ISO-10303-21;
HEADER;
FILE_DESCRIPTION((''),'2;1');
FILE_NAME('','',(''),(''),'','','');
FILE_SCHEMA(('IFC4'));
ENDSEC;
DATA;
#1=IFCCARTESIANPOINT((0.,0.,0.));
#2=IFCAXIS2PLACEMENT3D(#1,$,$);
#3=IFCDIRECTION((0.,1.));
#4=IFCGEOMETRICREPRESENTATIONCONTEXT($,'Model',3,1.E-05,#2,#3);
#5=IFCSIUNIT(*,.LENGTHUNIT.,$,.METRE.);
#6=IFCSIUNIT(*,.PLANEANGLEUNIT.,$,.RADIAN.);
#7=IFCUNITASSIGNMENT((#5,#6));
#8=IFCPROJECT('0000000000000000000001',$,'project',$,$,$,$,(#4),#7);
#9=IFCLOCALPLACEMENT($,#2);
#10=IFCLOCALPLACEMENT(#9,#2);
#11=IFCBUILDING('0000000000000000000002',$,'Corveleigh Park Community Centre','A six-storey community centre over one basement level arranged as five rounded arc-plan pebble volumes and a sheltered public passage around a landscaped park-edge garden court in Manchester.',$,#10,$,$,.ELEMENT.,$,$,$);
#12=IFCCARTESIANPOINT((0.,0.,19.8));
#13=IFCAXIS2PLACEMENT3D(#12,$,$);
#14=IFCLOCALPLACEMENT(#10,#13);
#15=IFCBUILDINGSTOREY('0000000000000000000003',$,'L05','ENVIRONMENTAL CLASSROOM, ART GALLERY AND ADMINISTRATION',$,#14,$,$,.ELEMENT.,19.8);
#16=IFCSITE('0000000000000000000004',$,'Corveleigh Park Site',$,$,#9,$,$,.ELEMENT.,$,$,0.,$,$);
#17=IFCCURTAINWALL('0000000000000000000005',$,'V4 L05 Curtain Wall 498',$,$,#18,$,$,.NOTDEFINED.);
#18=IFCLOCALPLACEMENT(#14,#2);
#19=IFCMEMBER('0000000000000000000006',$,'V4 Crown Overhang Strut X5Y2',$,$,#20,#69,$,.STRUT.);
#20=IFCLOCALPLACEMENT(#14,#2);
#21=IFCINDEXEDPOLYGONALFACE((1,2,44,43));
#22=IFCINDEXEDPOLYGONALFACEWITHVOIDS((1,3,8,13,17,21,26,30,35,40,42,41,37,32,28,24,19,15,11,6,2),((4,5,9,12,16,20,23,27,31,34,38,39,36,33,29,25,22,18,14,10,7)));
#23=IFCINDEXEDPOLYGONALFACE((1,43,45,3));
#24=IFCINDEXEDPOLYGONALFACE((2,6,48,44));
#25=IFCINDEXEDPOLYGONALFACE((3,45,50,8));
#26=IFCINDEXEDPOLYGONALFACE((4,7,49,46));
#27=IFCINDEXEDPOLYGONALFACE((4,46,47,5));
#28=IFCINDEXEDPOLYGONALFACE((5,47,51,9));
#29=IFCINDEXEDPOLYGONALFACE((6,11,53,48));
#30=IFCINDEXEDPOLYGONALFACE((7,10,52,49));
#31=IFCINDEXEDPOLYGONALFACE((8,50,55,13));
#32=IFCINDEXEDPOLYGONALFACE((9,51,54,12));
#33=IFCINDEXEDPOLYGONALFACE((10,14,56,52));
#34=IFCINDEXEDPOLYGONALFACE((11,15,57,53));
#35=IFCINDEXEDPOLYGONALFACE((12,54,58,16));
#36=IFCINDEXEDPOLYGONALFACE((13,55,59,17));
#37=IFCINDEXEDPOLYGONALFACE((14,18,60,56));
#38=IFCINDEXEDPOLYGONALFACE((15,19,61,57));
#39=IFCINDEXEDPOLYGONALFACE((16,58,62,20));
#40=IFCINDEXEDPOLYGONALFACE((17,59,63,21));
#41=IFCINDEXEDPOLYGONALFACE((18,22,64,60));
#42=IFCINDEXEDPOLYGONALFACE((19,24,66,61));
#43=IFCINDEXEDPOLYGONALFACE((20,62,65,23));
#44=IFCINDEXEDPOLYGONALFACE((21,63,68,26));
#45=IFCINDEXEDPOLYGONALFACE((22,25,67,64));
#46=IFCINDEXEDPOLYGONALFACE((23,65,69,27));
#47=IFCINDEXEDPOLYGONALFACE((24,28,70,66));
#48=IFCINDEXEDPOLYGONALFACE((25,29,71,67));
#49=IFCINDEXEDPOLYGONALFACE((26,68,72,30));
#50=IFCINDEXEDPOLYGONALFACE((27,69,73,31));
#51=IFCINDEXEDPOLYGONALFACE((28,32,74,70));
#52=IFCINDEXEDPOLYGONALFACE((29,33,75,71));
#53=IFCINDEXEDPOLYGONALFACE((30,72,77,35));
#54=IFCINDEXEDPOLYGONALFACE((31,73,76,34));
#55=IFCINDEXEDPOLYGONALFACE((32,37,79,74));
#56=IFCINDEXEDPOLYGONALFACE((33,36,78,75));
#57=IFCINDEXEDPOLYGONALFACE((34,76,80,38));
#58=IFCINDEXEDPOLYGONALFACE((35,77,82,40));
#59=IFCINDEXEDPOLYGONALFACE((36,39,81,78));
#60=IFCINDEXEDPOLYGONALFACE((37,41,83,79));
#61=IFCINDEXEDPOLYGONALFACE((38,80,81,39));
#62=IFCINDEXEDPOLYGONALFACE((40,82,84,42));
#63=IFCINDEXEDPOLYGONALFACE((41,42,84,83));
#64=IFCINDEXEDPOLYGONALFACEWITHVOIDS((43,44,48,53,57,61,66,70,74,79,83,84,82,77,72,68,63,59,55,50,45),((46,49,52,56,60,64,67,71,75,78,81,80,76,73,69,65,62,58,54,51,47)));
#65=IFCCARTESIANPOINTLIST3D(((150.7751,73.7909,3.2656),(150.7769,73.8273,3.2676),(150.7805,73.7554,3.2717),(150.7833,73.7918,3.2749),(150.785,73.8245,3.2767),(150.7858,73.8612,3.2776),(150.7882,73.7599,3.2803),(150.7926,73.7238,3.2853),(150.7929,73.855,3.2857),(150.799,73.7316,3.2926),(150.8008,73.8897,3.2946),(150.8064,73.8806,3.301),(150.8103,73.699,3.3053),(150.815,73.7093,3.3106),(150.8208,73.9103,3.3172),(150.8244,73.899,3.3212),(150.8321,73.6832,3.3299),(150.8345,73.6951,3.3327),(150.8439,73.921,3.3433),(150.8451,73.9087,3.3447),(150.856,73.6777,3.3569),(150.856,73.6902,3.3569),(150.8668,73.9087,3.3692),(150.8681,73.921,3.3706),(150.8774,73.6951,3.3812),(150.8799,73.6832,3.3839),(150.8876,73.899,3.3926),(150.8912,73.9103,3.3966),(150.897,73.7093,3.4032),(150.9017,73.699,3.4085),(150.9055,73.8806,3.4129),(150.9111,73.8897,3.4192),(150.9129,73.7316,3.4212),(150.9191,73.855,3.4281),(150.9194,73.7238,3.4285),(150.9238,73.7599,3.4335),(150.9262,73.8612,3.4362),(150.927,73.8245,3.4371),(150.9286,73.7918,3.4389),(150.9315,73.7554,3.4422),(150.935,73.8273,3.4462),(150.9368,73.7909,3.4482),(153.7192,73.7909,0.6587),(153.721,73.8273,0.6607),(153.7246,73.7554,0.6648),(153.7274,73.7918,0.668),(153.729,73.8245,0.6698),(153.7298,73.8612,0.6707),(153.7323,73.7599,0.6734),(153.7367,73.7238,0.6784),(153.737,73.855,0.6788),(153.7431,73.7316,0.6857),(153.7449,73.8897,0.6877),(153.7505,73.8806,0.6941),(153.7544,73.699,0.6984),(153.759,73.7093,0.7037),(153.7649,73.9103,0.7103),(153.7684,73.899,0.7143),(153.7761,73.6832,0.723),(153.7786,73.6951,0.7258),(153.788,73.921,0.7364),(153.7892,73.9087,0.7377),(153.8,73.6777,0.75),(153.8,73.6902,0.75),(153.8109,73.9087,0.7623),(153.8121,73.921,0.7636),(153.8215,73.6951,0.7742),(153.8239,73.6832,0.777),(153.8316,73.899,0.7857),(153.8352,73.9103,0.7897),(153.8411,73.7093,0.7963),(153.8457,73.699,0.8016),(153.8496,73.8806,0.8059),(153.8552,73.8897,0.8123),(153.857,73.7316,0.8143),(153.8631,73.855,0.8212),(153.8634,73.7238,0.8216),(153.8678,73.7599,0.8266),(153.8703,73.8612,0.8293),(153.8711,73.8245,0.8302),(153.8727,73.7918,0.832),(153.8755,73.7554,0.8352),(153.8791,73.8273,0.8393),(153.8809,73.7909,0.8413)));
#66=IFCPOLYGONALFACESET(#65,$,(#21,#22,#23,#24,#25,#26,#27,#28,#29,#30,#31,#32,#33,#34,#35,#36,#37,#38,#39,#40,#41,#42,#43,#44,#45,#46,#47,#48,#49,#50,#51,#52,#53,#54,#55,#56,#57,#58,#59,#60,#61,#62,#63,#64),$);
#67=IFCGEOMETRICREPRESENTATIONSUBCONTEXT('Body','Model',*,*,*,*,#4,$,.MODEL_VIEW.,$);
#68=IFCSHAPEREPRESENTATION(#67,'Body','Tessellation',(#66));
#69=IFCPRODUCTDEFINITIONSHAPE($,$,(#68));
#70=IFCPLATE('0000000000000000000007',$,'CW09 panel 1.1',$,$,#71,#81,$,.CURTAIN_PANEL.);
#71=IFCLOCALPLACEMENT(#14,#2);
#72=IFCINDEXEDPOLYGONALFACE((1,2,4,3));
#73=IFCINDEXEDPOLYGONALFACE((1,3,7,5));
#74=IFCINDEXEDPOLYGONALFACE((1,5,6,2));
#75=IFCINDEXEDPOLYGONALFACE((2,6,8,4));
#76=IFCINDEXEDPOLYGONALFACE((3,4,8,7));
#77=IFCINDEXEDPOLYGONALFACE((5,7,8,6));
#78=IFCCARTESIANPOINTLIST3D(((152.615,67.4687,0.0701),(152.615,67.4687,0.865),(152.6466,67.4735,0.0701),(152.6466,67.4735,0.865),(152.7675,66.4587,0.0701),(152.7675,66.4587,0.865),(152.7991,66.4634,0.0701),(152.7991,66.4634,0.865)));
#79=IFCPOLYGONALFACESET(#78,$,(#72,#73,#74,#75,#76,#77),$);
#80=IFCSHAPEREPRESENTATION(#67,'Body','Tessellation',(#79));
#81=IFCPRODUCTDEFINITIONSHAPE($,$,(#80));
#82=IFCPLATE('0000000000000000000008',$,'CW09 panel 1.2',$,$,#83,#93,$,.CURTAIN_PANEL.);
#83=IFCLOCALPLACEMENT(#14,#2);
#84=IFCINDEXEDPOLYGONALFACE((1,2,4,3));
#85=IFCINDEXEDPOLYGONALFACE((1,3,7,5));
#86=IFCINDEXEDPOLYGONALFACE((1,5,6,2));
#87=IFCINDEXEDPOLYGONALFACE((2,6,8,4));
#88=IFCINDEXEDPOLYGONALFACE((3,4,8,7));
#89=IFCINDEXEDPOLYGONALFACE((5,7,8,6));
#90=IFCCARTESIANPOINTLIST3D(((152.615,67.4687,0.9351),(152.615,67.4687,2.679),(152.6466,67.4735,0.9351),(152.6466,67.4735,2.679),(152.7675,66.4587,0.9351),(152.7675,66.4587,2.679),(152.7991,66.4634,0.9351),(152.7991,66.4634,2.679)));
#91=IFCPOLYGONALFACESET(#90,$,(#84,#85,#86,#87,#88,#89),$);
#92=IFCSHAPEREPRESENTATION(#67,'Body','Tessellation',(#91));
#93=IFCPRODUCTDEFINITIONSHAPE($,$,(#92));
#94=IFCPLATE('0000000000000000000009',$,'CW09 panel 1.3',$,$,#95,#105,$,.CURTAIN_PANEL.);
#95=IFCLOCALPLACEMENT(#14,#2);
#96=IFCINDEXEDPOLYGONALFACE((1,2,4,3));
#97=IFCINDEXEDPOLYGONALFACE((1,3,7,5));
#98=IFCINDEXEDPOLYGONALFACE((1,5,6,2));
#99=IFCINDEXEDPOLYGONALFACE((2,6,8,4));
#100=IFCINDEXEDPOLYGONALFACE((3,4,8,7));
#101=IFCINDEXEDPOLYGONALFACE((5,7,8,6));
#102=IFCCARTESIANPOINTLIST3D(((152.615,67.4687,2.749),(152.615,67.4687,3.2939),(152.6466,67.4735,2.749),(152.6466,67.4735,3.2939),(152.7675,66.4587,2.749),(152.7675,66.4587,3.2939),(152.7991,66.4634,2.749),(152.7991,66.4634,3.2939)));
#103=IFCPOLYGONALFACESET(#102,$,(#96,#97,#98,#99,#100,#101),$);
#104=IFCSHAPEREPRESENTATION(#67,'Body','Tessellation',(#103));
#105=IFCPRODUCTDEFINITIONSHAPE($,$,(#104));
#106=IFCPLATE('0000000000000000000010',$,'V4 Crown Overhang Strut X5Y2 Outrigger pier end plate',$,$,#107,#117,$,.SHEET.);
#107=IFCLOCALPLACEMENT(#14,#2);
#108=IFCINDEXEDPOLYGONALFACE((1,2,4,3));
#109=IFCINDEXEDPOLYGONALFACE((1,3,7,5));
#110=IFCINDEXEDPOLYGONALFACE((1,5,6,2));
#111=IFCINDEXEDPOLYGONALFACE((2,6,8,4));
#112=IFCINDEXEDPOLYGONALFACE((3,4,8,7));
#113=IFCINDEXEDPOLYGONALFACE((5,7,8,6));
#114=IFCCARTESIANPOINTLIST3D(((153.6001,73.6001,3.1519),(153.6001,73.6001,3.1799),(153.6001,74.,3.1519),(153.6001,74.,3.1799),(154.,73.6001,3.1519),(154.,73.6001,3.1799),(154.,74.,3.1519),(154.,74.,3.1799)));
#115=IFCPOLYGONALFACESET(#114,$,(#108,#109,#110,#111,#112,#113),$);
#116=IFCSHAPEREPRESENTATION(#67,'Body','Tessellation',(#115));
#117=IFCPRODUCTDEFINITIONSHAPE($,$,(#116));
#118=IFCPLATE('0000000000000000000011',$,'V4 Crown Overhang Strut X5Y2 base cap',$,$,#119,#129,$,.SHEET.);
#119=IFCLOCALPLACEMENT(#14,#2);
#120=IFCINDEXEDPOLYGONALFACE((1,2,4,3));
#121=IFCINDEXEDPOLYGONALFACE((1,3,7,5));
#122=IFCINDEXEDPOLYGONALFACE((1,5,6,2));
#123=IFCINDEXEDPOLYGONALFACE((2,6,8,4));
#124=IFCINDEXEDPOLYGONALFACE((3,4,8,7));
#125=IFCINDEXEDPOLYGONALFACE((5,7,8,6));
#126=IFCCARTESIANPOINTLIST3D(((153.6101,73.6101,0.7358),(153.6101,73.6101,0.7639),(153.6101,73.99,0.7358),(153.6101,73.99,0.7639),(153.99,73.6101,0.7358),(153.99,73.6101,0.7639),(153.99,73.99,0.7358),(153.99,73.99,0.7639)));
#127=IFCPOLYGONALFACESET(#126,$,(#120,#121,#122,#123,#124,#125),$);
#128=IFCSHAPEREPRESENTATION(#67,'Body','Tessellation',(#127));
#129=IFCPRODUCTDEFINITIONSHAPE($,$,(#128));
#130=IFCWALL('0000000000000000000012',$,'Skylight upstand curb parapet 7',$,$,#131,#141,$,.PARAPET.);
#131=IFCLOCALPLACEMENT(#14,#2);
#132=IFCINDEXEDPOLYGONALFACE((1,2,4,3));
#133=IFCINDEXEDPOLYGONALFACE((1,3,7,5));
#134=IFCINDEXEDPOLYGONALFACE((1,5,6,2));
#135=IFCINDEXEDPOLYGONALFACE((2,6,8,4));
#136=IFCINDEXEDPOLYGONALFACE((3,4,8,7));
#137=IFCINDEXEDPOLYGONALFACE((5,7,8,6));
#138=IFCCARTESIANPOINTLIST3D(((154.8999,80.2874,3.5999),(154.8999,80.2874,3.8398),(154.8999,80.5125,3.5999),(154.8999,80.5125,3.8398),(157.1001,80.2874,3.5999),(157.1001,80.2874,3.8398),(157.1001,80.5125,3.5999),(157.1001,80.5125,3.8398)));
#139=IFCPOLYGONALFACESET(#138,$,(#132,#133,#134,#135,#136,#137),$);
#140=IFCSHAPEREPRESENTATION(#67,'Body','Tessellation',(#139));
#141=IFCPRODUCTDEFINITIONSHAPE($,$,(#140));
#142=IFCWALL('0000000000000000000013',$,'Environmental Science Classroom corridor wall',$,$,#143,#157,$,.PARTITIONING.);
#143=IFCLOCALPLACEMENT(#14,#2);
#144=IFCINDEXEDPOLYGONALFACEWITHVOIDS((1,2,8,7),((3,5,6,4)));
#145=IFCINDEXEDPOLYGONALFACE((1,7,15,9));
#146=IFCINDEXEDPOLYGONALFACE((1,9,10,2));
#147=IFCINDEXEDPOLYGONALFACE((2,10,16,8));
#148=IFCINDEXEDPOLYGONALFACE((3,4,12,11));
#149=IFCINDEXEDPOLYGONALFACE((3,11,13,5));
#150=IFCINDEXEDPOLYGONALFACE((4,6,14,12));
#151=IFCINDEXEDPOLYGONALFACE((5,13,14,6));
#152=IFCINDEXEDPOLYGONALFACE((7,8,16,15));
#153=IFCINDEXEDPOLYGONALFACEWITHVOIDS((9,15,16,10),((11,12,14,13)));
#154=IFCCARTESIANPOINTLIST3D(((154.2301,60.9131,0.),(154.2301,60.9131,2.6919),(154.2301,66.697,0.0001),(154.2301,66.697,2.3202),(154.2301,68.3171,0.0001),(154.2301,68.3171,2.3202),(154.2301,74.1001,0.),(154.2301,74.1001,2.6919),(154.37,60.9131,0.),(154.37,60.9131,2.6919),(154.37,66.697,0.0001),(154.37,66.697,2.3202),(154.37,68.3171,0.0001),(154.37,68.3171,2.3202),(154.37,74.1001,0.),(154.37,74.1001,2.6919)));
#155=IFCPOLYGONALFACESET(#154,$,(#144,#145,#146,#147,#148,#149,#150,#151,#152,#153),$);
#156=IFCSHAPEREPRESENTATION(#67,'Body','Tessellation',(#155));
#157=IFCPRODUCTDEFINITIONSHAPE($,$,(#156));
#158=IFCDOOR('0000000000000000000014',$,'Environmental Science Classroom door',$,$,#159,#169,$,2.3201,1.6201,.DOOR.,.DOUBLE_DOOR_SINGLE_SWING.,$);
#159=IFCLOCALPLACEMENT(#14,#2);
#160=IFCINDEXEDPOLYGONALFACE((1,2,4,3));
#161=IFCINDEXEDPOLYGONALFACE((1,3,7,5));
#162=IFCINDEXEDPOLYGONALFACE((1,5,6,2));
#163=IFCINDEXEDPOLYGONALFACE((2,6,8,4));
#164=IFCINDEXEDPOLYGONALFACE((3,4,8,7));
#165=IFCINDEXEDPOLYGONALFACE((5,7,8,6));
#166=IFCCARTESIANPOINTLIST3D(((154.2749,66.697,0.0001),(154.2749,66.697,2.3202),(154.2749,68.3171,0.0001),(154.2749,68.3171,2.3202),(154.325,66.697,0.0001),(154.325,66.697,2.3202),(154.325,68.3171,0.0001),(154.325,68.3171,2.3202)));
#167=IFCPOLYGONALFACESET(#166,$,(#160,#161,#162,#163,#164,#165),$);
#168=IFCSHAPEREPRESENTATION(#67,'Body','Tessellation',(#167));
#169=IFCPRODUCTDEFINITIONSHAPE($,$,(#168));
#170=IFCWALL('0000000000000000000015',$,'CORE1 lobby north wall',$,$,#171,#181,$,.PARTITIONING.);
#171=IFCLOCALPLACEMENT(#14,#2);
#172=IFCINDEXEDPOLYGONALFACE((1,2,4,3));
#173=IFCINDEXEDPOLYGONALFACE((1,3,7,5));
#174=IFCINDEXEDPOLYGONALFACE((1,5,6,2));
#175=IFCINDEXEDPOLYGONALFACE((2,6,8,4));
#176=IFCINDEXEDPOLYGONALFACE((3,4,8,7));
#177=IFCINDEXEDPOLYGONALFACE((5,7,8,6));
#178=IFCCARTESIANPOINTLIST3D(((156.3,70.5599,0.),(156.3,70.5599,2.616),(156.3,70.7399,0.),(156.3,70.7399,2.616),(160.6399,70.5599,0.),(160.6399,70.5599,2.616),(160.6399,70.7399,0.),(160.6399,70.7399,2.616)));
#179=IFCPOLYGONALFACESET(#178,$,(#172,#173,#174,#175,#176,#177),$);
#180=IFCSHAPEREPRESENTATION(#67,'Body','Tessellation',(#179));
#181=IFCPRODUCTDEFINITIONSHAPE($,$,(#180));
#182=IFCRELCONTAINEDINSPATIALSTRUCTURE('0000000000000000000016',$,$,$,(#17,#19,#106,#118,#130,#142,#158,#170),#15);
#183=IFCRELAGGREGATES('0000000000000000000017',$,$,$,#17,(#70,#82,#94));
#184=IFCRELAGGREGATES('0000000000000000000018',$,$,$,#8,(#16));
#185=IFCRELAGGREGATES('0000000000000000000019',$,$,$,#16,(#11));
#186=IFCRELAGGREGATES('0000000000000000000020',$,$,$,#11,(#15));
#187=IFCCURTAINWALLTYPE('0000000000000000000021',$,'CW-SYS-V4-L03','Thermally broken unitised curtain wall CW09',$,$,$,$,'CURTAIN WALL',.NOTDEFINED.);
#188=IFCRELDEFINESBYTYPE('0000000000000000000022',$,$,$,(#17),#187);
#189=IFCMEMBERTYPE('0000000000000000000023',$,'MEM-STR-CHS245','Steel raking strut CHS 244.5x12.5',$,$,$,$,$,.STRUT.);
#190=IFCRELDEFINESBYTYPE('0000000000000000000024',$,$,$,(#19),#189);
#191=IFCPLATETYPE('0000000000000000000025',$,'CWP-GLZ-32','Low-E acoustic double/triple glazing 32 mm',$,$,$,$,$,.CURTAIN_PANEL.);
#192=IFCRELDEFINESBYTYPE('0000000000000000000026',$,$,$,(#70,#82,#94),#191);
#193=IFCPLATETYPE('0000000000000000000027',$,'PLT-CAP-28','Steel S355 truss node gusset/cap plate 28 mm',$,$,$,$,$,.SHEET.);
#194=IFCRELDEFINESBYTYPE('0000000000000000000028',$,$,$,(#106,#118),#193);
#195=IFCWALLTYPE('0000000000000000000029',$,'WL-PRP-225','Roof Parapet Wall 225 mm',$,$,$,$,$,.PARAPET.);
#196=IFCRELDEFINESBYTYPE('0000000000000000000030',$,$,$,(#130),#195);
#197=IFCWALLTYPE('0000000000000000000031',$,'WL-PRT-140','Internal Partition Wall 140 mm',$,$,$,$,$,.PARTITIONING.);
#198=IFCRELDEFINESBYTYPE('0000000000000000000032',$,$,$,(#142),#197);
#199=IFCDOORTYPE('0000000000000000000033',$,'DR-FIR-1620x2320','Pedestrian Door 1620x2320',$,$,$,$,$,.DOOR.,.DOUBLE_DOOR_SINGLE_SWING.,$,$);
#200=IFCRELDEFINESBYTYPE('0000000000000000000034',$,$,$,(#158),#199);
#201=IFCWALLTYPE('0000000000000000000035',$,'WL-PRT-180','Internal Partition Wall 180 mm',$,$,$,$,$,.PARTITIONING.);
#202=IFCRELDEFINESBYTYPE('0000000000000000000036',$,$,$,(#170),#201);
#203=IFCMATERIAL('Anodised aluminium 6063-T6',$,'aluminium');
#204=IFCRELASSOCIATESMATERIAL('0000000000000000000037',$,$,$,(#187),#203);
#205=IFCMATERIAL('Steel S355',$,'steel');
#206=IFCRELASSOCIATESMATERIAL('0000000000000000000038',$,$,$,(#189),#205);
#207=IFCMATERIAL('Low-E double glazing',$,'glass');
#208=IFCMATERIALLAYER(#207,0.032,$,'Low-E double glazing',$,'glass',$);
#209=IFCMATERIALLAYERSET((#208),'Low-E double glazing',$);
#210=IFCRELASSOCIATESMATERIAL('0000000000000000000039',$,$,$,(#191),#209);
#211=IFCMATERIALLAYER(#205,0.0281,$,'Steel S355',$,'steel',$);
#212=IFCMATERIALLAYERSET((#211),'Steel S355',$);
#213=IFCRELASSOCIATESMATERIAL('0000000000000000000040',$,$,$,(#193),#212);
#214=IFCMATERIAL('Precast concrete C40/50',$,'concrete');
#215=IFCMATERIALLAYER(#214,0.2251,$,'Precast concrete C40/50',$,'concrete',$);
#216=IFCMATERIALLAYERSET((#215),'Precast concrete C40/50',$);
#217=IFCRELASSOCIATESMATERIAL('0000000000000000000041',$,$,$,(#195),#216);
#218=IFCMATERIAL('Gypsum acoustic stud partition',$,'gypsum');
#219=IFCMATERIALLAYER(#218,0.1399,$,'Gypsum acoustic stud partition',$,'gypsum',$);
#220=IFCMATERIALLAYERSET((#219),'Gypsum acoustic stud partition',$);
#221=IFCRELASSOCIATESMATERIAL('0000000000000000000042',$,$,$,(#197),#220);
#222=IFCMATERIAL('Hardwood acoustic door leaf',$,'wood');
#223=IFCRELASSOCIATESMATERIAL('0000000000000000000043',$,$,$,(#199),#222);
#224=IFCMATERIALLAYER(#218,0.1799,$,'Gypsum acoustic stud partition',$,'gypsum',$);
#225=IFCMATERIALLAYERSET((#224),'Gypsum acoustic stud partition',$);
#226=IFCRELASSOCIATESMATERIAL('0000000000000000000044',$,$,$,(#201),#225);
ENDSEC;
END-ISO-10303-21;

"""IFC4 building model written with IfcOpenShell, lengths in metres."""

from ifc_helpers import new_model, si_unit, direction, frame, frame_2d, origin, origin_2d, place, context, subcontext, project, spatial, rectangle, hollow_circle, extrude, material, layer, layer_set, material_profile, profile_set, type_object, element, fill, aggregate, save


model = new_model("IFC4")

# Units and contexts
model_context = context("Model", 3, precision=1e-05, world=origin(), true_north=direction((0.0, 1.0)))
body_context = subcontext(model_context, "Body", "Model", "MODEL_VIEW")
ifc_project = project(units=[si_unit("LENGTHUNIT", "METRE"), si_unit("PLANEANGLEUNIT", "RADIAN")], contexts=[model_context])

# Site, building, storey
site_placement = place(None, origin())
site = spatial("IfcSite", under=ifc_project, at=site_placement, Name="Corveleigh Park Site", CompositionType="ELEMENT", RefElevation=0.0)
building_placement = place(site_placement, origin())
building = spatial("IfcBuilding", under=site, at=building_placement, Name="Corveleigh Park Community Centre", Description="A six-storey community centre over one basement level arranged as five rounded arc-plan pebble volumes and a sheltered public passage around a landscaped park-edge garden court in Manchester.", CompositionType="ELEMENT")
storey_placement = place(building_placement, frame((0.0, 0.0, 19.8)))
storey = spatial("IfcBuildingStorey", under=building, at=storey_placement, Name="L05", Description="ENVIRONMENTAL CLASSROOM, ART GALLERY AND ADMINISTRATION", CompositionType="ELEMENT", Elevation=19.8)

# Shared definitions
ifc_material_1 = material(Name="Steel S355", Category="steel")

# Curtain wall
ifc_material_2 = material(Name="Anodised aluminium 6063-T6", Category="aluminium")
curtain_wall_type = type_object("IfcCurtainWallType", Name="CW-SYS-V4-L03", Description="Thermally broken unitised curtain wall CW09", ElementType="CURTAIN WALL", PredefinedType="NOTDEFINED", material=ifc_material_2)
curtain_wall_placement = place(storey_placement, origin())
curtain_wall = element("IfcCurtainWall", 1, at=curtain_wall_placement, inside=storey, type_object=curtain_wall_type, Name="V4 L05 Curtain Wall 498", PredefinedType="NOTDEFINED")

# Member
ifc_material_profile_1 = material_profile(ifc_material_1, hollow_circle(Radius=0.1223, WallThickness=0.0125, at=origin_2d()), Name="CHS 244.5x12.5", Category="steel")
ifc_profile_set_1 = profile_set([ifc_material_profile_1], Name="Steel S355")
member_type_1 = type_object("IfcMemberType", Name="MEM-STR-CHS245", Description="Steel raking strut CHS 244.5x12.5", PredefinedType="STRUT", material=ifc_profile_set_1)
member_1_placement = place(storey_placement, frame((153.8, 73.8, 0.75), z_axis=(-0.748675, 0.0, 0.662937), x_axis=(0.0, -1.0, 0.0)))
element("IfcMember", 2, at=member_1_placement, inside=storey, type_object=member_type_1, Name="V4 Crown Overhang Strut X5Y2", PredefinedType="STRUT", context=body_context, shape_type="SweptSolid", body=[
    extrude(hollow_circle(Radius=0.1223, WallThickness=0.0125, at=origin_2d()), origin(), (0.0, 0.0, 1.0), 3.9324),
])

# Plates
ifc_material_3 = material(Name="Low-E double glazing", Category="glass")
ifc_layer_1 = layer(ifc_material_3, 0.032, Name="Low-E double glazing", Category="glass")
ifc_layer_set_1 = layer_set([ifc_layer_1], Name="Low-E double glazing")
plate_type_1 = type_object("IfcPlateType", Name="CWP-GLZ-32", Description="Low-E acoustic double/triple glazing 32 mm", PredefinedType="CURTAIN_PANEL", material=ifc_layer_set_1)
plate_1_placement = place(storey_placement, frame((152.707, 66.9661, 0.0701), z_axis=(0.0, 0.0, 1.0), x_axis=(-0.149277, 0.988795, 0.0)))
plate_1 = element("IfcPlate", 3, at=plate_1_placement, type_object=plate_type_1, Name="CW09 panel 1.1", PredefinedType="CURTAIN_PANEL", context=body_context, shape_type="SweptSolid", body=[
    extrude(rectangle(XDim=1.0215, YDim=0.032, at=origin_2d()), origin(), (0.0, 0.0, 1.0), 0.7949),
])
plate_2_placement = place(storey_placement, frame((152.707, 66.9661, 0.9351), z_axis=(0.0, 0.0, 1.0), x_axis=(-0.149277, 0.988795, 0.0)))
plate_2 = element("IfcPlate", 4, at=plate_2_placement, type_object=plate_type_1, Name="CW09 panel 1.2", PredefinedType="CURTAIN_PANEL", context=body_context, shape_type="SweptSolid", body=[
    extrude(rectangle(XDim=1.0215, YDim=0.032, at=origin_2d()), origin(), (0.0, 0.0, 1.0), 1.7439),
])
plate_3_placement = place(storey_placement, frame((152.707, 66.9661, 2.749), z_axis=(0.0, 0.0, 1.0), x_axis=(-0.149277, 0.988795, 0.0)))
plate_3 = element("IfcPlate", 5, at=plate_3_placement, type_object=plate_type_1, Name="CW09 panel 1.3", PredefinedType="CURTAIN_PANEL", context=body_context, shape_type="SweptSolid", body=[
    extrude(rectangle(XDim=1.0215, YDim=0.032, at=origin_2d()), origin(), (0.0, 0.0, 1.0), 0.5449),
])
aggregate(curtain_wall, [plate_1, plate_2, plate_3])

# Plates
ifc_layer_2 = layer(ifc_material_1, 0.0281, Name="Steel S355", Category="steel")
ifc_layer_set_2 = layer_set([ifc_layer_2], Name="Steel S355")
plate_type_2 = type_object("IfcPlateType", Name="PLT-CAP-28", Description="Steel S355 truss node gusset/cap plate 28 mm", PredefinedType="SHEET", material=ifc_layer_set_2)
plate_4_placement = place(storey_placement, frame((153.8, 73.8, 3.1519), z_axis=(0.0, 0.0, 1.0), x_axis=(1.0, 0.0, 0.0)))
element("IfcPlate", 6, at=plate_4_placement, inside=storey, type_object=plate_type_2, Name="V4 Crown Overhang Strut X5Y2 Outrigger pier end plate", PredefinedType="SHEET", context=body_context, shape_type="SweptSolid", body=[
    extrude(rectangle(XDim=0.3999, YDim=0.3999, at=origin_2d()), origin(), (0.0, 0.0, 1.0), 0.0281),
])
plate_5_placement = place(storey_placement, frame((153.8, 73.8, 0.7358), z_axis=(0.0, 0.0, 1.0), x_axis=(1.0, 0.0, 0.0)))
element("IfcPlate", 7, at=plate_5_placement, inside=storey, type_object=plate_type_2, Name="V4 Crown Overhang Strut X5Y2 base cap", PredefinedType="SHEET", context=body_context, shape_type="SweptSolid", body=[
    extrude(rectangle(XDim=0.3799, YDim=0.3799, at=origin_2d()), origin(), (0.0, 0.0, 1.0), 0.0281),
])

# Wall
ifc_material_4 = material(Name="Precast concrete C40/50", Category="concrete")
ifc_layer_3 = layer(ifc_material_4, 0.2251, Name="Precast concrete C40/50", Category="concrete")
ifc_layer_set_3 = layer_set([ifc_layer_3], Name="Precast concrete C40/50")
wall_type_1 = type_object("IfcWallType", Name="WL-PRP-225", Description="Roof Parapet Wall 225 mm", PredefinedType="PARAPET", material=ifc_layer_set_3)
wall_1_placement = place(storey_placement, frame((154.8999, 80.3999, 3.5999), z_axis=(0.0, 0.0, 1.0), x_axis=(1.0, 0.0, 0.0)))
element("IfcWall", 8, at=wall_1_placement, inside=storey, type_object=wall_type_1, Name="Skylight upstand curb parapet 7", PredefinedType="PARAPET", context=body_context, shape_type="SweptSolid", body=[
    extrude(rectangle(XDim=2.2002, YDim=0.2251, at=frame_2d((1.1001, 0.0))), origin(), (0.0, 0.0, 1.0), 0.24),
])

# Wall, opening, door
ifc_material_5 = material(Name="Gypsum acoustic stud partition", Category="gypsum")
ifc_layer_4 = layer(ifc_material_5, 0.1399, Name="Gypsum acoustic stud partition", Category="gypsum")
ifc_layer_set_4 = layer_set([ifc_layer_4], Name="Gypsum acoustic stud partition")
wall_type_2 = type_object("IfcWallType", Name="WL-PRT-140", Description="Internal Partition Wall 140 mm", PredefinedType="PARTITIONING", material=ifc_layer_set_4)
wall_2_placement = place(storey_placement, frame((154.3, 74.1001, 0.0), z_axis=(0.0, 0.0, 1.0), x_axis=(0.0, -1.0, 0.0)))
wall_2 = element("IfcWall", 9, at=wall_2_placement, inside=storey, type_object=wall_type_2, Name="Environmental Science Classroom corridor wall", PredefinedType="PARTITIONING", context=body_context, shape_type="SweptSolid", body=[
    extrude(rectangle(XDim=13.187, YDim=0.1399, at=frame_2d((6.5935, 0.0))), origin(), (0.0, 0.0, 1.0), 2.6919),
])
opening_1_placement = place(wall_2_placement, frame((5.783, 0.0, 0.0)))
opening_1 = element("IfcOpeningElement", 10, at=opening_1_placement, cuts=wall_2, PredefinedType="OPENING", context=body_context, shape_type="SweptSolid", body=[
    extrude(rectangle(XDim=1.6201, YDim=2.3201, at=frame_2d((0.8101, 1.1602))), frame((0.0, 0.0798, 0.0), z_axis=(0.0, -1.0, 0.0), x_axis=(1.0, 0.0, 0.0)), (0.0, 0.0, 1.0), 0.1599),
])
ifc_material_6 = material(Name="Hardwood acoustic door leaf", Category="wood")
door_type_1 = type_object("IfcDoorType", Name="DR-FIR-1620x2320", Description="Pedestrian Door 1620x2320", OperationType="DOUBLE_DOOR_SINGLE_SWING", PredefinedType="DOOR", material=ifc_material_6)
door_1_placement = place(opening_1_placement, origin())
door_1 = element("IfcDoor", 11, at=door_1_placement, inside=storey, type_object=door_type_1, Name="Environmental Science Classroom door", OperationType="DOUBLE_DOOR_SINGLE_SWING", OverallHeight=2.3201, OverallWidth=1.6201, PredefinedType="DOOR", context=body_context, shape_type="SweptSolid", body=[
    extrude(rectangle(XDim=1.6201, YDim=2.3201, at=frame_2d((0.8101, 1.1602))), frame((0.0, 0.0249, 0.0), z_axis=(0.0, -1.0, 0.0), x_axis=(1.0, 0.0, 0.0)), (0.0, 0.0, 1.0), 0.05),
])
fill(opening_1, door_1)

# Wall
ifc_layer_5 = layer(ifc_material_5, 0.1799, Name="Gypsum acoustic stud partition", Category="gypsum")
ifc_layer_set_5 = layer_set([ifc_layer_5], Name="Gypsum acoustic stud partition")
wall_type_3 = type_object("IfcWallType", Name="WL-PRT-180", Description="Internal Partition Wall 180 mm", PredefinedType="PARTITIONING", material=ifc_layer_set_5)
wall_3_placement = place(storey_placement, frame((160.6399, 70.6499, 0.0), z_axis=(0.0, 0.0, 1.0), x_axis=(-1.0, 0.0, 0.0)))
element("IfcWall", 12, at=wall_3_placement, inside=storey, type_object=wall_type_3, Name="CORE1 lobby north wall", PredefinedType="PARTITIONING", context=body_context, shape_type="SweptSolid", body=[
    extrude(rectangle(XDim=4.3398, YDim=0.1799, at=frame_2d((2.1699, 0.0))), origin(), (0.0, 0.0, 1.0), 2.616),
])

save(model, "model.ifc")
